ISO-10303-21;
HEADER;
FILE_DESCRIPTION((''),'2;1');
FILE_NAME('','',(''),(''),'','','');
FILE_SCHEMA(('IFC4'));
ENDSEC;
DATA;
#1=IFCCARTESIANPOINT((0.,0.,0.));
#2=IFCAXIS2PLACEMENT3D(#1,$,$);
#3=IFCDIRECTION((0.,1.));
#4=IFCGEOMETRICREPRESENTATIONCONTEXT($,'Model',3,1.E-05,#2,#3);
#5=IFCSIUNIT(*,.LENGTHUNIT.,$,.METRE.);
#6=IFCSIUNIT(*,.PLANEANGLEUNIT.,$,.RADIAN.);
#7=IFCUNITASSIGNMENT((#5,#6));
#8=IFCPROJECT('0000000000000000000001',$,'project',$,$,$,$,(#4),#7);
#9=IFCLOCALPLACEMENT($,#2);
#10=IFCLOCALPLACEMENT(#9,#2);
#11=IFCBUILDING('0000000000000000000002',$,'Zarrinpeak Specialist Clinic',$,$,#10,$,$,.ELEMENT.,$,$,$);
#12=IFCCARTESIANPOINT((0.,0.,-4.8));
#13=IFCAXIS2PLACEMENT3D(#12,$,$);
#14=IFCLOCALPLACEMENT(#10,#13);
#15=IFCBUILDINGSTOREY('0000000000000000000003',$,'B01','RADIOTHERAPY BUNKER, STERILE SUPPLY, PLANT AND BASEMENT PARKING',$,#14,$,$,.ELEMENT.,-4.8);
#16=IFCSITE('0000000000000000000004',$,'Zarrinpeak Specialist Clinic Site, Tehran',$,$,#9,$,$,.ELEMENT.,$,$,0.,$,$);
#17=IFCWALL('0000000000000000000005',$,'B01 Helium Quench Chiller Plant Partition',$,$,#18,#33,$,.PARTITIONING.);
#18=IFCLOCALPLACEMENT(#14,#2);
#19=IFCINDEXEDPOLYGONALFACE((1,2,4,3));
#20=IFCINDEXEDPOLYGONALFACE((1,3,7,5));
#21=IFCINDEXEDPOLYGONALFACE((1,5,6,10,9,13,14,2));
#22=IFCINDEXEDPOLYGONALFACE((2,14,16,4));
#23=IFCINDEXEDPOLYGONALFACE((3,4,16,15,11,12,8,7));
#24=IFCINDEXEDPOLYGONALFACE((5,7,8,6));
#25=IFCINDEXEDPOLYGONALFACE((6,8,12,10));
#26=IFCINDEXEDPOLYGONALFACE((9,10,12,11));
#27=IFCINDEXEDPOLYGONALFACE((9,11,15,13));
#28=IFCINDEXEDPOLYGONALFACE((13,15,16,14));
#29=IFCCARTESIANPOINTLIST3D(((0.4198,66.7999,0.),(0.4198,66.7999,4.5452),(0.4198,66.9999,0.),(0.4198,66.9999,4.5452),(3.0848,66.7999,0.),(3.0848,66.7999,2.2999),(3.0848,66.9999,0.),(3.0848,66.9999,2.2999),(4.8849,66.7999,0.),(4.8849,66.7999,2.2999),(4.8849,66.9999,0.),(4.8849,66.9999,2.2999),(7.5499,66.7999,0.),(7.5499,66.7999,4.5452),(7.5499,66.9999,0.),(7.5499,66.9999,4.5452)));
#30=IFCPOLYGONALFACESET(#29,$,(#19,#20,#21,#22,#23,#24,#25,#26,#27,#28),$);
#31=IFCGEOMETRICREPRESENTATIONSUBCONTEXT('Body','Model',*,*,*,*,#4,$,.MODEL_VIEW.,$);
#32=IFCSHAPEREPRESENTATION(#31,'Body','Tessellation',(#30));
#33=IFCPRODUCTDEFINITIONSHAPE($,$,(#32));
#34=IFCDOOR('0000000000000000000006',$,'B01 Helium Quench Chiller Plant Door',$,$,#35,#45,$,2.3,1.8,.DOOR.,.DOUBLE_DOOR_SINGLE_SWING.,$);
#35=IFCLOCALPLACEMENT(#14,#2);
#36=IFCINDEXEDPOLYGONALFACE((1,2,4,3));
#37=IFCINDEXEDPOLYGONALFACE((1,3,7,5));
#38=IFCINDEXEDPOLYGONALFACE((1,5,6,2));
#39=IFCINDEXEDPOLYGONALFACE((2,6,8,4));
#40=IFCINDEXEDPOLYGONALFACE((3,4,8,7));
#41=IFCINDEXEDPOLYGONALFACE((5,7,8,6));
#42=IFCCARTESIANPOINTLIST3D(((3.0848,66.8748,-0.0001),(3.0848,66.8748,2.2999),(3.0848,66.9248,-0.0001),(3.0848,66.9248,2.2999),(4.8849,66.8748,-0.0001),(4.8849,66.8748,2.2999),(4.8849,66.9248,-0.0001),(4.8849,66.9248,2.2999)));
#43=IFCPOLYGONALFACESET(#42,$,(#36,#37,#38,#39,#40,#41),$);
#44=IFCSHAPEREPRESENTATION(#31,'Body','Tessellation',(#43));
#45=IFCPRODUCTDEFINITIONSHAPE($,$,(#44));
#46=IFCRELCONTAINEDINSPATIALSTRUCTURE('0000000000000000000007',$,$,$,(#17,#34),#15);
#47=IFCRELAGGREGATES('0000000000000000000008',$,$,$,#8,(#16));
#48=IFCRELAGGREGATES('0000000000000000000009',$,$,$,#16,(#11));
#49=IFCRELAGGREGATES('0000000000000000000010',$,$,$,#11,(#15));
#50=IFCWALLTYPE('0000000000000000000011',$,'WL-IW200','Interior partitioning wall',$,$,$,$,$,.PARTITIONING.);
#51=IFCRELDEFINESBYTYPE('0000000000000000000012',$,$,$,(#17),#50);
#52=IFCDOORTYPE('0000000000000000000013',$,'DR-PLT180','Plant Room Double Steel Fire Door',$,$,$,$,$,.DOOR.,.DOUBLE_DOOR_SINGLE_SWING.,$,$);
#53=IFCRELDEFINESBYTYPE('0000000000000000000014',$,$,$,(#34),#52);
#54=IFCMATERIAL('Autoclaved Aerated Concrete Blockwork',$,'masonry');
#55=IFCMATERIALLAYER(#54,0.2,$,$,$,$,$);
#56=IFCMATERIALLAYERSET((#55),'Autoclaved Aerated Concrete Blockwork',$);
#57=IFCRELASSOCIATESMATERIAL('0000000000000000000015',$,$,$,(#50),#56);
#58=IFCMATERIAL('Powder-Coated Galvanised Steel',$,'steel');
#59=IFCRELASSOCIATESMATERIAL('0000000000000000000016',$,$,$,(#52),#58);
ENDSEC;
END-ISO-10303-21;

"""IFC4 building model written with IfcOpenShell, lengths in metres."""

from ifc_helpers import new_model, si_unit, direction, frame, frame_2d, origin, place, context, subcontext, project, spatial, rectangle, extrude, material, layer, layer_set, type_object, element, fill, save


model = new_model("IFC4")

# Units and contexts
model_context = context("Model", 3, precision=1e-05, world=origin(), true_north=direction((0.0, 1.0)))
body_context = subcontext(model_context, "Body", "Model", "MODEL_VIEW")
ifc_project = project(units=[si_unit("LENGTHUNIT", "METRE"), si_unit("PLANEANGLEUNIT", "RADIAN")], contexts=[model_context])

# Site, building, storey
site_placement = place(None, origin())
site = spatial("IfcSite", under=ifc_project, at=site_placement, Name="Zarrinpeak Specialist Clinic Site, Tehran", CompositionType="ELEMENT", RefElevation=0.0)
building_placement = place(site_placement, origin())
building = spatial("IfcBuilding", under=site, at=building_placement, Name="Zarrinpeak Specialist Clinic", CompositionType="ELEMENT")
storey_placement = place(building_placement, frame((0.0, 0.0, -4.8)))
storey = spatial("IfcBuildingStorey", under=building, at=storey_placement, Name="B01", Description="RADIOTHERAPY BUNKER, STERILE SUPPLY, PLANT AND BASEMENT PARKING", CompositionType="ELEMENT", Elevation=-4.8)

# Shared definitions
ifc_material_1 = material(Name="Powder-Coated Galvanised Steel", Category="steel")

# Shared definitions
ifc_material_2 = material(Name="Autoclaved Aerated Concrete Blockwork", Category="masonry")
ifc_layer_1 = layer(ifc_material_2, 0.2)
ifc_layer_set_1 = layer_set([ifc_layer_1], Name="Autoclaved Aerated Concrete Blockwork")
wall_type_1 = type_object("IfcWallType", Name="WL-IW200", Description="Interior partitioning wall", PredefinedType="PARTITIONING", material=ifc_layer_set_1)

# Wall, opening, door
wall_1_placement = place(storey_placement, frame((0.4199, 66.8999, 0.0), z_axis=(0.0, 0.0, 1.0), x_axis=(1.0, 0.0, 0.0)))
wall_1 = element("IfcWall", 1, at=wall_1_placement, inside=storey, type_object=wall_type_1, Name="B01 Helium Quench Chiller Plant Partition", PredefinedType="PARTITIONING", context=body_context, shape_type="SweptSolid", body=[
    extrude(rectangle(XDim=7.1301, YDim=0.2, at=frame_2d((3.5649, 0.0))), origin(), (0.0, 0.0, 1.0), 4.5452),
])
opening_1_placement = place(wall_1_placement, frame((2.665, 0.0, 0.0)))
opening_1 = element("IfcOpeningElement", 2, at=opening_1_placement, cuts=wall_1, PredefinedType="OPENING", context=body_context, shape_type="SweptSolid", body=[
    extrude(rectangle(XDim=1.8, YDim=2.3, at=frame_2d((0.8999, 1.1499))), frame((0.0, 0.1099, 0.0), z_axis=(0.0, -1.0, 0.0), x_axis=(1.0, 0.0, 0.0)), (0.0, 0.0, 1.0), 0.22),
])
door_type_1 = type_object("IfcDoorType", Name="DR-PLT180", Description="Plant Room Double Steel Fire Door", OperationType="DOUBLE_DOOR_SINGLE_SWING", PredefinedType="DOOR", material=ifc_material_1)
door_1_placement = place(opening_1_placement, origin())
door_1 = element("IfcDoor", 3, at=door_1_placement, inside=storey, type_object=door_type_1, Name="B01 Helium Quench Chiller Plant Door", OperationType="DOUBLE_DOOR_SINGLE_SWING", OverallHeight=2.3, OverallWidth=1.8, PredefinedType="DOOR", context=body_context, shape_type="SweptSolid", body=[
    extrude(rectangle(XDim=1.8, YDim=2.3, at=frame_2d((0.8999, 1.1499))), frame((0.0, 0.0249, 0.0), z_axis=(0.0, -1.0, 0.0), x_axis=(1.0, 0.0, 0.0)), (0.0, 0.0, 1.0), 0.05),
])
fill(opening_1, door_1)

save(model, "model.ifc")
